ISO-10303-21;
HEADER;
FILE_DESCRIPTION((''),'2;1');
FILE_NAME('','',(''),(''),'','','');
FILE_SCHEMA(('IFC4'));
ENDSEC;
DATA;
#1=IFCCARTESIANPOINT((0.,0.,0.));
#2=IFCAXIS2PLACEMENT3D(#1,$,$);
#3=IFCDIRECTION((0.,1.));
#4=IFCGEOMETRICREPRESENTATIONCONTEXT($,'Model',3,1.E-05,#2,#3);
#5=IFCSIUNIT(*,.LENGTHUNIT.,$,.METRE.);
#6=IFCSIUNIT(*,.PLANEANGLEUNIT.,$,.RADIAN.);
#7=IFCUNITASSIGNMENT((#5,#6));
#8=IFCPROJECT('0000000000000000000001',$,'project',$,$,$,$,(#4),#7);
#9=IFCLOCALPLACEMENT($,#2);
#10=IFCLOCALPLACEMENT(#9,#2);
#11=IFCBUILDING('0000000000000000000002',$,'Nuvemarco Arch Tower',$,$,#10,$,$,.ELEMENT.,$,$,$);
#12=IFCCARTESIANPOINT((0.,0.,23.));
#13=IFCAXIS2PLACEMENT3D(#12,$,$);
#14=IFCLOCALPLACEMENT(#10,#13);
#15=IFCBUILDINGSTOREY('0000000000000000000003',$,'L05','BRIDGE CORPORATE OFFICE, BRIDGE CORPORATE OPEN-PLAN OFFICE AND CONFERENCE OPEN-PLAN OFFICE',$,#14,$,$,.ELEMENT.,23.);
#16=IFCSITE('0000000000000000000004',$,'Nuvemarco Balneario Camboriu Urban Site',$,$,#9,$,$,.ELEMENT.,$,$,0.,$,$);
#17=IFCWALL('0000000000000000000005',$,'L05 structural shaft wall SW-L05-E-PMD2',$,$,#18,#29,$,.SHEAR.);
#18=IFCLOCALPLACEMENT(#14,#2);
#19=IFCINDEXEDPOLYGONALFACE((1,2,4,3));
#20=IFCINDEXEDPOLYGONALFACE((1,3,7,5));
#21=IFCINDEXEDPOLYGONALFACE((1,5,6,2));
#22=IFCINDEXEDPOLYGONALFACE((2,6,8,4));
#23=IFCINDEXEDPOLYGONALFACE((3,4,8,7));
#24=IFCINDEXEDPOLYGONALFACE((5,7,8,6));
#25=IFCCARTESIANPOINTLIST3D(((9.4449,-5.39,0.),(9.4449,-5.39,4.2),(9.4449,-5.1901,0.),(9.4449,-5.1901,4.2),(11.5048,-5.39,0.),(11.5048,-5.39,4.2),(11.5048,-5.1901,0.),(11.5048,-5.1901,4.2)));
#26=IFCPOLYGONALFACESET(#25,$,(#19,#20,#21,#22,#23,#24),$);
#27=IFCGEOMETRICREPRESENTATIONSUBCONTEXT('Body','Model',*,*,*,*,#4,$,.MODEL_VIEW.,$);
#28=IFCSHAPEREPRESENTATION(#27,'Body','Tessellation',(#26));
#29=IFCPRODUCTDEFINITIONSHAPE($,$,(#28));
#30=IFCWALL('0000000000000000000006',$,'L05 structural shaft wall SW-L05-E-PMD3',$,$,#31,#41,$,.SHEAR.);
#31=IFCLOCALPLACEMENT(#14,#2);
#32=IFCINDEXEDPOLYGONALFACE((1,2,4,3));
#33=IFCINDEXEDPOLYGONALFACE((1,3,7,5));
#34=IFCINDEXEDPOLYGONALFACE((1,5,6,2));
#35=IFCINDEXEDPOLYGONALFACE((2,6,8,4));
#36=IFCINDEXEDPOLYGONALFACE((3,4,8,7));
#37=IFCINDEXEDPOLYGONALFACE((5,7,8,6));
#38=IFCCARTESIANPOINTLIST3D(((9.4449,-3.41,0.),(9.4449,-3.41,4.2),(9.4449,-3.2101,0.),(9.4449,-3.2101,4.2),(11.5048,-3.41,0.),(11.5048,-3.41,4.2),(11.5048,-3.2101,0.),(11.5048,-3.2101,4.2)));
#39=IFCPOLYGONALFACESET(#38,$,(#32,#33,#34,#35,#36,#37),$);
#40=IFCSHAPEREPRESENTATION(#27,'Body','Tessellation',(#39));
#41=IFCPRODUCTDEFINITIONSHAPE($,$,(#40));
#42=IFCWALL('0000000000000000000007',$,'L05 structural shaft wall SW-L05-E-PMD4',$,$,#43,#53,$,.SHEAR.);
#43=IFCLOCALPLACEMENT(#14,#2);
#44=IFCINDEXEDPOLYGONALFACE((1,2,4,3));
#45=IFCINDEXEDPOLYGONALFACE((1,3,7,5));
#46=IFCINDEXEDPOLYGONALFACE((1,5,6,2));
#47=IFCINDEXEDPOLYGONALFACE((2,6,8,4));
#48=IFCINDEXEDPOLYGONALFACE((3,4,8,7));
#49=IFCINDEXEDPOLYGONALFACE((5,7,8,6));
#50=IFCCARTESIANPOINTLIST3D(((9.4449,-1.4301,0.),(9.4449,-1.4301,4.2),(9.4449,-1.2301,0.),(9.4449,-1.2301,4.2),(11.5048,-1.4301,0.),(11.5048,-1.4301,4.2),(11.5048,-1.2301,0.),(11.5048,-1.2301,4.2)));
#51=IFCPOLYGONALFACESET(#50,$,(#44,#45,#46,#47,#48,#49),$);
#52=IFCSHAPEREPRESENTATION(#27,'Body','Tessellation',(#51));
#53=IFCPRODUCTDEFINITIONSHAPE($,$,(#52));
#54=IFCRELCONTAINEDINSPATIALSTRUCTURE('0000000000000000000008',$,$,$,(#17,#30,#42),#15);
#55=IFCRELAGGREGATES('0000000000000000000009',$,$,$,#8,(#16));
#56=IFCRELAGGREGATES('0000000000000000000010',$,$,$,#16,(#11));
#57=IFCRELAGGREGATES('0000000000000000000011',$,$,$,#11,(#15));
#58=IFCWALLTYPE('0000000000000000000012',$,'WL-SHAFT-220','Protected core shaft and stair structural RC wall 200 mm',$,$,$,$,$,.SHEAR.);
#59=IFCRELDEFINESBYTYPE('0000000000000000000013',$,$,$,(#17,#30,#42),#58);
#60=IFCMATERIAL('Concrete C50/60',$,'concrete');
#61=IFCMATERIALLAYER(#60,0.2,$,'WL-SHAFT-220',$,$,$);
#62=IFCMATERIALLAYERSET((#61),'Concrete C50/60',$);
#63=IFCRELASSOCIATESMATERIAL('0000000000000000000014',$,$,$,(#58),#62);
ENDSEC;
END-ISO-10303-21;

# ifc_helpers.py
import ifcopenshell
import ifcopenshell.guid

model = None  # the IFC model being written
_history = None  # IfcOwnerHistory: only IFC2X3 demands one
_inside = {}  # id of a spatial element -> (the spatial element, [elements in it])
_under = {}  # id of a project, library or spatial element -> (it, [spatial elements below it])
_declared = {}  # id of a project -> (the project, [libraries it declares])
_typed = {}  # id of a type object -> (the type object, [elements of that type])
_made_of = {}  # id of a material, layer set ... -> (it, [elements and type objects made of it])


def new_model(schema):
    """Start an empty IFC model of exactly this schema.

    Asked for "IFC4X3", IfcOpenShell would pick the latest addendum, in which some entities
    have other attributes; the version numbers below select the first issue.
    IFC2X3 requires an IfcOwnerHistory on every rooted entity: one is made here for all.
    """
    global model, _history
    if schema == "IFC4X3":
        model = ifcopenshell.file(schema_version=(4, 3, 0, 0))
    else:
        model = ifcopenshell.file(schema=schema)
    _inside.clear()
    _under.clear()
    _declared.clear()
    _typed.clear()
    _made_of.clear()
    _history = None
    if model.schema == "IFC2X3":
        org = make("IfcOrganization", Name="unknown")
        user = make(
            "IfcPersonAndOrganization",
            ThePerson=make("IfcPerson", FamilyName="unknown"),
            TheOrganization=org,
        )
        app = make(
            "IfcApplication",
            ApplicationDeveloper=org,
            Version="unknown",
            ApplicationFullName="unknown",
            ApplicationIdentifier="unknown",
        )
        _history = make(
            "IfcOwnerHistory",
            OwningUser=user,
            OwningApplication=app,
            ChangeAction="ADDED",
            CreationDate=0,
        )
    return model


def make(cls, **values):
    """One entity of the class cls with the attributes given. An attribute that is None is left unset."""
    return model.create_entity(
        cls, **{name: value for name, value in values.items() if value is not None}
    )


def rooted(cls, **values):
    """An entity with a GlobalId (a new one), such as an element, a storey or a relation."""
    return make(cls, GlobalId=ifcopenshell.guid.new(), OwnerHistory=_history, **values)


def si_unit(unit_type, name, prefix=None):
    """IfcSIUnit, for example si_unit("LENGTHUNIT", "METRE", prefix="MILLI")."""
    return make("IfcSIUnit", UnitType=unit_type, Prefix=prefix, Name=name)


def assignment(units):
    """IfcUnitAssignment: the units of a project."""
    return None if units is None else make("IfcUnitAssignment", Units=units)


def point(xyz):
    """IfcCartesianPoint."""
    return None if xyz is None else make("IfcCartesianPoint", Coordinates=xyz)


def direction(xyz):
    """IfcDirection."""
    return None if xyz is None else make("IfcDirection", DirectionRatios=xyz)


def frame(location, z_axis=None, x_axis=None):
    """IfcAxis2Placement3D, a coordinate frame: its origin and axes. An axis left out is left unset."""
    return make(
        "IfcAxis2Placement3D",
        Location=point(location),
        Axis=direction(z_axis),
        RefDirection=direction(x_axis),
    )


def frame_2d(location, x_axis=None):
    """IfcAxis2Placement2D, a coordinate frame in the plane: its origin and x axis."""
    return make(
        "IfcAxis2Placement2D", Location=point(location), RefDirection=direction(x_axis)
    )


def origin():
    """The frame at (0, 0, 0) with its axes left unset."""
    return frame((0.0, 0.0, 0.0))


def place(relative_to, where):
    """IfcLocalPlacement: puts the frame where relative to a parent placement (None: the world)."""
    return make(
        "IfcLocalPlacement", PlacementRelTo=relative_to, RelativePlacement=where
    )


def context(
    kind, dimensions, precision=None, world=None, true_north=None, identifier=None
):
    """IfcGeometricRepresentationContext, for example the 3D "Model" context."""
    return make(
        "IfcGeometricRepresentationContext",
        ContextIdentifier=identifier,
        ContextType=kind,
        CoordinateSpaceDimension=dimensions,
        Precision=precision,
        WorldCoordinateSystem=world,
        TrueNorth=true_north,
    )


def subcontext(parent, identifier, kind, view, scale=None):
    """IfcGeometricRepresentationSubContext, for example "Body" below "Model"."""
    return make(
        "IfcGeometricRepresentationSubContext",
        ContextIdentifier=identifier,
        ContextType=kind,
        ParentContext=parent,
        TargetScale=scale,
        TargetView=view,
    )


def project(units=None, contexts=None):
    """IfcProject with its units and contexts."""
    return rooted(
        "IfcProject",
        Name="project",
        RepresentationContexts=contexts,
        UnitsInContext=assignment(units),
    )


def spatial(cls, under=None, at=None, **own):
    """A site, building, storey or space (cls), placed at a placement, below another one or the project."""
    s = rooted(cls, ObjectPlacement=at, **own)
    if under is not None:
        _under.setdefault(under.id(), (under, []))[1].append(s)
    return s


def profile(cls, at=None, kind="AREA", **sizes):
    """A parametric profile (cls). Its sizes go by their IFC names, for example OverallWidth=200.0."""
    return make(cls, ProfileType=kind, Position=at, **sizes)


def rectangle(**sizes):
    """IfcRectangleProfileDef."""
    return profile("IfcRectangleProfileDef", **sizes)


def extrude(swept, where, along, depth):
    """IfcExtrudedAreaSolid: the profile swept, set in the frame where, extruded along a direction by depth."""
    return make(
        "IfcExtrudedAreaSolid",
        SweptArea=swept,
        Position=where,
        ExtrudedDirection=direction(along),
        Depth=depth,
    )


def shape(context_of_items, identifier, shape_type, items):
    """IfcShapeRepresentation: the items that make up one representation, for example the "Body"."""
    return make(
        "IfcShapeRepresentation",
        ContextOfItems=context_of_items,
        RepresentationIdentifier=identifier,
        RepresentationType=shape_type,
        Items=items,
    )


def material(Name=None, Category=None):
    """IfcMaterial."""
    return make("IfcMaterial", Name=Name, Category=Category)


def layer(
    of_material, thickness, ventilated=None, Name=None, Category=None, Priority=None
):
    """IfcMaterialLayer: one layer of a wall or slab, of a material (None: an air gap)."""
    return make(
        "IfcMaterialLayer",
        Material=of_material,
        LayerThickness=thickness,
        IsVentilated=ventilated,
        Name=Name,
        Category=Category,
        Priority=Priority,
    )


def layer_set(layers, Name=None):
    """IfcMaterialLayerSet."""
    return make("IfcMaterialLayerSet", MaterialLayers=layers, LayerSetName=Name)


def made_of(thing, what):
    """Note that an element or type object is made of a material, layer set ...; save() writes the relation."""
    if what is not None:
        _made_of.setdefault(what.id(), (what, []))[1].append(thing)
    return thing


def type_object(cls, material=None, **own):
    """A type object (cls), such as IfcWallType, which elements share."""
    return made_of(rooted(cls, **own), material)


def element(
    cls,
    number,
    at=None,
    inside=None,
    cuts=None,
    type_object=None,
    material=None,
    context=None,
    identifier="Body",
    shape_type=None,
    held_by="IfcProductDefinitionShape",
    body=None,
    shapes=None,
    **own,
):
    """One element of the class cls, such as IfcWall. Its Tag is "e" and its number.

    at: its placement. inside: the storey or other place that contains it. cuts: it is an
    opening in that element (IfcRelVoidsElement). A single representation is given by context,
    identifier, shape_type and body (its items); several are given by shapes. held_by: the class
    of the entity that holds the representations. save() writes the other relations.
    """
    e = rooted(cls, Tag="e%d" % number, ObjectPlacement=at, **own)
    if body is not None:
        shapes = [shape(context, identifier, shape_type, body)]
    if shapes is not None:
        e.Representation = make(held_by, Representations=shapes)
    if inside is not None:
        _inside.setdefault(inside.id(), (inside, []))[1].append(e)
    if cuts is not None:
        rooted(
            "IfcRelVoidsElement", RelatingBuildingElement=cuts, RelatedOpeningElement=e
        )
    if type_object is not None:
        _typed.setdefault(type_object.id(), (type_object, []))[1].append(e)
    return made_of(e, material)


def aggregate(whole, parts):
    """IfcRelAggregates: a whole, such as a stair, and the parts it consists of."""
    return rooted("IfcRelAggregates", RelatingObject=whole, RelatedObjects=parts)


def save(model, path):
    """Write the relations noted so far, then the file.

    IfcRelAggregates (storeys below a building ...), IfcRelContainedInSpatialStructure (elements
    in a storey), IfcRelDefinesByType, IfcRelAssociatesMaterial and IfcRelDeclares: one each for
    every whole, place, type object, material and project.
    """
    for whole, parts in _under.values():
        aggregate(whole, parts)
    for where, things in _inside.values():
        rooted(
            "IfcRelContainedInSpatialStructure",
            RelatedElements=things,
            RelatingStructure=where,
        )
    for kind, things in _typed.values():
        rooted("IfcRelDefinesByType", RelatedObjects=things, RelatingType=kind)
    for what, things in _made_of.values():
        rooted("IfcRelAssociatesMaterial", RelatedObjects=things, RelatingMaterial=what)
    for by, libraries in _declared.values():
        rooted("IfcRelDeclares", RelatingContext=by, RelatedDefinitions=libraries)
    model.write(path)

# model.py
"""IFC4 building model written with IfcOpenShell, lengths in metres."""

from ifc_helpers import new_model, si_unit, direction, frame, frame_2d, origin, place, context, subcontext, project, spatial, rectangle, extrude, material, layer, layer_set, type_object, element, save


model = new_model("IFC4")

# Units and contexts
model_context = context("Model", 3, precision=1e-05, world=origin(), true_north=direction((0.0, 1.0)))
body_context = subcontext(model_context, "Body", "Model", "MODEL_VIEW")
ifc_project = project(units=[si_unit("LENGTHUNIT", "METRE"), si_unit("PLANEANGLEUNIT", "RADIAN")], contexts=[model_context])

# Site, building, storey
site_placement = place(None, origin())
site = spatial("IfcSite", under=ifc_project, at=site_placement, Name="Nuvemarco Balneario Camboriu Urban Site", CompositionType="ELEMENT", RefElevation=0.0)
building_placement = place(site_placement, origin())
building = spatial("IfcBuilding", under=site, at=building_placement, Name="Nuvemarco Arch Tower", CompositionType="ELEMENT")
storey_placement = place(building_placement, frame((0.0, 0.0, 23.0)))
storey = spatial("IfcBuildingStorey", under=building, at=storey_placement, Name="L05", Description="BRIDGE CORPORATE OFFICE, BRIDGE CORPORATE OPEN-PLAN OFFICE AND CONFERENCE OPEN-PLAN OFFICE", CompositionType="ELEMENT", Elevation=23.0)

# Shared definitions
ifc_material_1 = material(Name="Concrete C50/60", Category="concrete")
ifc_layer_1 = layer(ifc_material_1, 0.2, Name="WL-SHAFT-220")
ifc_layer_set_1 = layer_set([ifc_layer_1], Name="Concrete C50/60")
wall_type_1 = type_object("IfcWallType", Name="WL-SHAFT-220", Description="Protected core shaft and stair structural RC wall 200 mm", PredefinedType="SHEAR", material=ifc_layer_set_1)

# Walls
for number, where, z_axis, x_axis, name in (
    (1, (9.4451, -5.29, 0.0), (0.0, 0.0, 1.0), (1.0, 0.0, 0.0), "L05 structural shaft wall SW-L05-E-PMD2"),
    (2, (9.4451, -3.3101, 0.0), (0.0, 0.0, 1.0), (1.0, 0.0, 0.0), "L05 structural shaft wall SW-L05-E-PMD3"),
    (3, (9.4451, -1.3301, 0.0), (0.0, 0.0, 1.0), (1.0, 0.0, 0.0), "L05 structural shaft wall SW-L05-E-PMD4"),
):
    element("IfcWall", number, at=place(storey_placement, frame(where, z_axis=z_axis, x_axis=x_axis)), inside=storey, type_object=wall_type_1, Name=name, PredefinedType="SHEAR", context=body_context, shape_type="SweptSolid", body=[
        extrude(rectangle(XDim=2.0598, YDim=0.2, at=frame_2d((1.0298, 0.0))), origin(), (0.0, 0.0, 1.0), 4.2),
    ])

save(model, "model.ifc")
